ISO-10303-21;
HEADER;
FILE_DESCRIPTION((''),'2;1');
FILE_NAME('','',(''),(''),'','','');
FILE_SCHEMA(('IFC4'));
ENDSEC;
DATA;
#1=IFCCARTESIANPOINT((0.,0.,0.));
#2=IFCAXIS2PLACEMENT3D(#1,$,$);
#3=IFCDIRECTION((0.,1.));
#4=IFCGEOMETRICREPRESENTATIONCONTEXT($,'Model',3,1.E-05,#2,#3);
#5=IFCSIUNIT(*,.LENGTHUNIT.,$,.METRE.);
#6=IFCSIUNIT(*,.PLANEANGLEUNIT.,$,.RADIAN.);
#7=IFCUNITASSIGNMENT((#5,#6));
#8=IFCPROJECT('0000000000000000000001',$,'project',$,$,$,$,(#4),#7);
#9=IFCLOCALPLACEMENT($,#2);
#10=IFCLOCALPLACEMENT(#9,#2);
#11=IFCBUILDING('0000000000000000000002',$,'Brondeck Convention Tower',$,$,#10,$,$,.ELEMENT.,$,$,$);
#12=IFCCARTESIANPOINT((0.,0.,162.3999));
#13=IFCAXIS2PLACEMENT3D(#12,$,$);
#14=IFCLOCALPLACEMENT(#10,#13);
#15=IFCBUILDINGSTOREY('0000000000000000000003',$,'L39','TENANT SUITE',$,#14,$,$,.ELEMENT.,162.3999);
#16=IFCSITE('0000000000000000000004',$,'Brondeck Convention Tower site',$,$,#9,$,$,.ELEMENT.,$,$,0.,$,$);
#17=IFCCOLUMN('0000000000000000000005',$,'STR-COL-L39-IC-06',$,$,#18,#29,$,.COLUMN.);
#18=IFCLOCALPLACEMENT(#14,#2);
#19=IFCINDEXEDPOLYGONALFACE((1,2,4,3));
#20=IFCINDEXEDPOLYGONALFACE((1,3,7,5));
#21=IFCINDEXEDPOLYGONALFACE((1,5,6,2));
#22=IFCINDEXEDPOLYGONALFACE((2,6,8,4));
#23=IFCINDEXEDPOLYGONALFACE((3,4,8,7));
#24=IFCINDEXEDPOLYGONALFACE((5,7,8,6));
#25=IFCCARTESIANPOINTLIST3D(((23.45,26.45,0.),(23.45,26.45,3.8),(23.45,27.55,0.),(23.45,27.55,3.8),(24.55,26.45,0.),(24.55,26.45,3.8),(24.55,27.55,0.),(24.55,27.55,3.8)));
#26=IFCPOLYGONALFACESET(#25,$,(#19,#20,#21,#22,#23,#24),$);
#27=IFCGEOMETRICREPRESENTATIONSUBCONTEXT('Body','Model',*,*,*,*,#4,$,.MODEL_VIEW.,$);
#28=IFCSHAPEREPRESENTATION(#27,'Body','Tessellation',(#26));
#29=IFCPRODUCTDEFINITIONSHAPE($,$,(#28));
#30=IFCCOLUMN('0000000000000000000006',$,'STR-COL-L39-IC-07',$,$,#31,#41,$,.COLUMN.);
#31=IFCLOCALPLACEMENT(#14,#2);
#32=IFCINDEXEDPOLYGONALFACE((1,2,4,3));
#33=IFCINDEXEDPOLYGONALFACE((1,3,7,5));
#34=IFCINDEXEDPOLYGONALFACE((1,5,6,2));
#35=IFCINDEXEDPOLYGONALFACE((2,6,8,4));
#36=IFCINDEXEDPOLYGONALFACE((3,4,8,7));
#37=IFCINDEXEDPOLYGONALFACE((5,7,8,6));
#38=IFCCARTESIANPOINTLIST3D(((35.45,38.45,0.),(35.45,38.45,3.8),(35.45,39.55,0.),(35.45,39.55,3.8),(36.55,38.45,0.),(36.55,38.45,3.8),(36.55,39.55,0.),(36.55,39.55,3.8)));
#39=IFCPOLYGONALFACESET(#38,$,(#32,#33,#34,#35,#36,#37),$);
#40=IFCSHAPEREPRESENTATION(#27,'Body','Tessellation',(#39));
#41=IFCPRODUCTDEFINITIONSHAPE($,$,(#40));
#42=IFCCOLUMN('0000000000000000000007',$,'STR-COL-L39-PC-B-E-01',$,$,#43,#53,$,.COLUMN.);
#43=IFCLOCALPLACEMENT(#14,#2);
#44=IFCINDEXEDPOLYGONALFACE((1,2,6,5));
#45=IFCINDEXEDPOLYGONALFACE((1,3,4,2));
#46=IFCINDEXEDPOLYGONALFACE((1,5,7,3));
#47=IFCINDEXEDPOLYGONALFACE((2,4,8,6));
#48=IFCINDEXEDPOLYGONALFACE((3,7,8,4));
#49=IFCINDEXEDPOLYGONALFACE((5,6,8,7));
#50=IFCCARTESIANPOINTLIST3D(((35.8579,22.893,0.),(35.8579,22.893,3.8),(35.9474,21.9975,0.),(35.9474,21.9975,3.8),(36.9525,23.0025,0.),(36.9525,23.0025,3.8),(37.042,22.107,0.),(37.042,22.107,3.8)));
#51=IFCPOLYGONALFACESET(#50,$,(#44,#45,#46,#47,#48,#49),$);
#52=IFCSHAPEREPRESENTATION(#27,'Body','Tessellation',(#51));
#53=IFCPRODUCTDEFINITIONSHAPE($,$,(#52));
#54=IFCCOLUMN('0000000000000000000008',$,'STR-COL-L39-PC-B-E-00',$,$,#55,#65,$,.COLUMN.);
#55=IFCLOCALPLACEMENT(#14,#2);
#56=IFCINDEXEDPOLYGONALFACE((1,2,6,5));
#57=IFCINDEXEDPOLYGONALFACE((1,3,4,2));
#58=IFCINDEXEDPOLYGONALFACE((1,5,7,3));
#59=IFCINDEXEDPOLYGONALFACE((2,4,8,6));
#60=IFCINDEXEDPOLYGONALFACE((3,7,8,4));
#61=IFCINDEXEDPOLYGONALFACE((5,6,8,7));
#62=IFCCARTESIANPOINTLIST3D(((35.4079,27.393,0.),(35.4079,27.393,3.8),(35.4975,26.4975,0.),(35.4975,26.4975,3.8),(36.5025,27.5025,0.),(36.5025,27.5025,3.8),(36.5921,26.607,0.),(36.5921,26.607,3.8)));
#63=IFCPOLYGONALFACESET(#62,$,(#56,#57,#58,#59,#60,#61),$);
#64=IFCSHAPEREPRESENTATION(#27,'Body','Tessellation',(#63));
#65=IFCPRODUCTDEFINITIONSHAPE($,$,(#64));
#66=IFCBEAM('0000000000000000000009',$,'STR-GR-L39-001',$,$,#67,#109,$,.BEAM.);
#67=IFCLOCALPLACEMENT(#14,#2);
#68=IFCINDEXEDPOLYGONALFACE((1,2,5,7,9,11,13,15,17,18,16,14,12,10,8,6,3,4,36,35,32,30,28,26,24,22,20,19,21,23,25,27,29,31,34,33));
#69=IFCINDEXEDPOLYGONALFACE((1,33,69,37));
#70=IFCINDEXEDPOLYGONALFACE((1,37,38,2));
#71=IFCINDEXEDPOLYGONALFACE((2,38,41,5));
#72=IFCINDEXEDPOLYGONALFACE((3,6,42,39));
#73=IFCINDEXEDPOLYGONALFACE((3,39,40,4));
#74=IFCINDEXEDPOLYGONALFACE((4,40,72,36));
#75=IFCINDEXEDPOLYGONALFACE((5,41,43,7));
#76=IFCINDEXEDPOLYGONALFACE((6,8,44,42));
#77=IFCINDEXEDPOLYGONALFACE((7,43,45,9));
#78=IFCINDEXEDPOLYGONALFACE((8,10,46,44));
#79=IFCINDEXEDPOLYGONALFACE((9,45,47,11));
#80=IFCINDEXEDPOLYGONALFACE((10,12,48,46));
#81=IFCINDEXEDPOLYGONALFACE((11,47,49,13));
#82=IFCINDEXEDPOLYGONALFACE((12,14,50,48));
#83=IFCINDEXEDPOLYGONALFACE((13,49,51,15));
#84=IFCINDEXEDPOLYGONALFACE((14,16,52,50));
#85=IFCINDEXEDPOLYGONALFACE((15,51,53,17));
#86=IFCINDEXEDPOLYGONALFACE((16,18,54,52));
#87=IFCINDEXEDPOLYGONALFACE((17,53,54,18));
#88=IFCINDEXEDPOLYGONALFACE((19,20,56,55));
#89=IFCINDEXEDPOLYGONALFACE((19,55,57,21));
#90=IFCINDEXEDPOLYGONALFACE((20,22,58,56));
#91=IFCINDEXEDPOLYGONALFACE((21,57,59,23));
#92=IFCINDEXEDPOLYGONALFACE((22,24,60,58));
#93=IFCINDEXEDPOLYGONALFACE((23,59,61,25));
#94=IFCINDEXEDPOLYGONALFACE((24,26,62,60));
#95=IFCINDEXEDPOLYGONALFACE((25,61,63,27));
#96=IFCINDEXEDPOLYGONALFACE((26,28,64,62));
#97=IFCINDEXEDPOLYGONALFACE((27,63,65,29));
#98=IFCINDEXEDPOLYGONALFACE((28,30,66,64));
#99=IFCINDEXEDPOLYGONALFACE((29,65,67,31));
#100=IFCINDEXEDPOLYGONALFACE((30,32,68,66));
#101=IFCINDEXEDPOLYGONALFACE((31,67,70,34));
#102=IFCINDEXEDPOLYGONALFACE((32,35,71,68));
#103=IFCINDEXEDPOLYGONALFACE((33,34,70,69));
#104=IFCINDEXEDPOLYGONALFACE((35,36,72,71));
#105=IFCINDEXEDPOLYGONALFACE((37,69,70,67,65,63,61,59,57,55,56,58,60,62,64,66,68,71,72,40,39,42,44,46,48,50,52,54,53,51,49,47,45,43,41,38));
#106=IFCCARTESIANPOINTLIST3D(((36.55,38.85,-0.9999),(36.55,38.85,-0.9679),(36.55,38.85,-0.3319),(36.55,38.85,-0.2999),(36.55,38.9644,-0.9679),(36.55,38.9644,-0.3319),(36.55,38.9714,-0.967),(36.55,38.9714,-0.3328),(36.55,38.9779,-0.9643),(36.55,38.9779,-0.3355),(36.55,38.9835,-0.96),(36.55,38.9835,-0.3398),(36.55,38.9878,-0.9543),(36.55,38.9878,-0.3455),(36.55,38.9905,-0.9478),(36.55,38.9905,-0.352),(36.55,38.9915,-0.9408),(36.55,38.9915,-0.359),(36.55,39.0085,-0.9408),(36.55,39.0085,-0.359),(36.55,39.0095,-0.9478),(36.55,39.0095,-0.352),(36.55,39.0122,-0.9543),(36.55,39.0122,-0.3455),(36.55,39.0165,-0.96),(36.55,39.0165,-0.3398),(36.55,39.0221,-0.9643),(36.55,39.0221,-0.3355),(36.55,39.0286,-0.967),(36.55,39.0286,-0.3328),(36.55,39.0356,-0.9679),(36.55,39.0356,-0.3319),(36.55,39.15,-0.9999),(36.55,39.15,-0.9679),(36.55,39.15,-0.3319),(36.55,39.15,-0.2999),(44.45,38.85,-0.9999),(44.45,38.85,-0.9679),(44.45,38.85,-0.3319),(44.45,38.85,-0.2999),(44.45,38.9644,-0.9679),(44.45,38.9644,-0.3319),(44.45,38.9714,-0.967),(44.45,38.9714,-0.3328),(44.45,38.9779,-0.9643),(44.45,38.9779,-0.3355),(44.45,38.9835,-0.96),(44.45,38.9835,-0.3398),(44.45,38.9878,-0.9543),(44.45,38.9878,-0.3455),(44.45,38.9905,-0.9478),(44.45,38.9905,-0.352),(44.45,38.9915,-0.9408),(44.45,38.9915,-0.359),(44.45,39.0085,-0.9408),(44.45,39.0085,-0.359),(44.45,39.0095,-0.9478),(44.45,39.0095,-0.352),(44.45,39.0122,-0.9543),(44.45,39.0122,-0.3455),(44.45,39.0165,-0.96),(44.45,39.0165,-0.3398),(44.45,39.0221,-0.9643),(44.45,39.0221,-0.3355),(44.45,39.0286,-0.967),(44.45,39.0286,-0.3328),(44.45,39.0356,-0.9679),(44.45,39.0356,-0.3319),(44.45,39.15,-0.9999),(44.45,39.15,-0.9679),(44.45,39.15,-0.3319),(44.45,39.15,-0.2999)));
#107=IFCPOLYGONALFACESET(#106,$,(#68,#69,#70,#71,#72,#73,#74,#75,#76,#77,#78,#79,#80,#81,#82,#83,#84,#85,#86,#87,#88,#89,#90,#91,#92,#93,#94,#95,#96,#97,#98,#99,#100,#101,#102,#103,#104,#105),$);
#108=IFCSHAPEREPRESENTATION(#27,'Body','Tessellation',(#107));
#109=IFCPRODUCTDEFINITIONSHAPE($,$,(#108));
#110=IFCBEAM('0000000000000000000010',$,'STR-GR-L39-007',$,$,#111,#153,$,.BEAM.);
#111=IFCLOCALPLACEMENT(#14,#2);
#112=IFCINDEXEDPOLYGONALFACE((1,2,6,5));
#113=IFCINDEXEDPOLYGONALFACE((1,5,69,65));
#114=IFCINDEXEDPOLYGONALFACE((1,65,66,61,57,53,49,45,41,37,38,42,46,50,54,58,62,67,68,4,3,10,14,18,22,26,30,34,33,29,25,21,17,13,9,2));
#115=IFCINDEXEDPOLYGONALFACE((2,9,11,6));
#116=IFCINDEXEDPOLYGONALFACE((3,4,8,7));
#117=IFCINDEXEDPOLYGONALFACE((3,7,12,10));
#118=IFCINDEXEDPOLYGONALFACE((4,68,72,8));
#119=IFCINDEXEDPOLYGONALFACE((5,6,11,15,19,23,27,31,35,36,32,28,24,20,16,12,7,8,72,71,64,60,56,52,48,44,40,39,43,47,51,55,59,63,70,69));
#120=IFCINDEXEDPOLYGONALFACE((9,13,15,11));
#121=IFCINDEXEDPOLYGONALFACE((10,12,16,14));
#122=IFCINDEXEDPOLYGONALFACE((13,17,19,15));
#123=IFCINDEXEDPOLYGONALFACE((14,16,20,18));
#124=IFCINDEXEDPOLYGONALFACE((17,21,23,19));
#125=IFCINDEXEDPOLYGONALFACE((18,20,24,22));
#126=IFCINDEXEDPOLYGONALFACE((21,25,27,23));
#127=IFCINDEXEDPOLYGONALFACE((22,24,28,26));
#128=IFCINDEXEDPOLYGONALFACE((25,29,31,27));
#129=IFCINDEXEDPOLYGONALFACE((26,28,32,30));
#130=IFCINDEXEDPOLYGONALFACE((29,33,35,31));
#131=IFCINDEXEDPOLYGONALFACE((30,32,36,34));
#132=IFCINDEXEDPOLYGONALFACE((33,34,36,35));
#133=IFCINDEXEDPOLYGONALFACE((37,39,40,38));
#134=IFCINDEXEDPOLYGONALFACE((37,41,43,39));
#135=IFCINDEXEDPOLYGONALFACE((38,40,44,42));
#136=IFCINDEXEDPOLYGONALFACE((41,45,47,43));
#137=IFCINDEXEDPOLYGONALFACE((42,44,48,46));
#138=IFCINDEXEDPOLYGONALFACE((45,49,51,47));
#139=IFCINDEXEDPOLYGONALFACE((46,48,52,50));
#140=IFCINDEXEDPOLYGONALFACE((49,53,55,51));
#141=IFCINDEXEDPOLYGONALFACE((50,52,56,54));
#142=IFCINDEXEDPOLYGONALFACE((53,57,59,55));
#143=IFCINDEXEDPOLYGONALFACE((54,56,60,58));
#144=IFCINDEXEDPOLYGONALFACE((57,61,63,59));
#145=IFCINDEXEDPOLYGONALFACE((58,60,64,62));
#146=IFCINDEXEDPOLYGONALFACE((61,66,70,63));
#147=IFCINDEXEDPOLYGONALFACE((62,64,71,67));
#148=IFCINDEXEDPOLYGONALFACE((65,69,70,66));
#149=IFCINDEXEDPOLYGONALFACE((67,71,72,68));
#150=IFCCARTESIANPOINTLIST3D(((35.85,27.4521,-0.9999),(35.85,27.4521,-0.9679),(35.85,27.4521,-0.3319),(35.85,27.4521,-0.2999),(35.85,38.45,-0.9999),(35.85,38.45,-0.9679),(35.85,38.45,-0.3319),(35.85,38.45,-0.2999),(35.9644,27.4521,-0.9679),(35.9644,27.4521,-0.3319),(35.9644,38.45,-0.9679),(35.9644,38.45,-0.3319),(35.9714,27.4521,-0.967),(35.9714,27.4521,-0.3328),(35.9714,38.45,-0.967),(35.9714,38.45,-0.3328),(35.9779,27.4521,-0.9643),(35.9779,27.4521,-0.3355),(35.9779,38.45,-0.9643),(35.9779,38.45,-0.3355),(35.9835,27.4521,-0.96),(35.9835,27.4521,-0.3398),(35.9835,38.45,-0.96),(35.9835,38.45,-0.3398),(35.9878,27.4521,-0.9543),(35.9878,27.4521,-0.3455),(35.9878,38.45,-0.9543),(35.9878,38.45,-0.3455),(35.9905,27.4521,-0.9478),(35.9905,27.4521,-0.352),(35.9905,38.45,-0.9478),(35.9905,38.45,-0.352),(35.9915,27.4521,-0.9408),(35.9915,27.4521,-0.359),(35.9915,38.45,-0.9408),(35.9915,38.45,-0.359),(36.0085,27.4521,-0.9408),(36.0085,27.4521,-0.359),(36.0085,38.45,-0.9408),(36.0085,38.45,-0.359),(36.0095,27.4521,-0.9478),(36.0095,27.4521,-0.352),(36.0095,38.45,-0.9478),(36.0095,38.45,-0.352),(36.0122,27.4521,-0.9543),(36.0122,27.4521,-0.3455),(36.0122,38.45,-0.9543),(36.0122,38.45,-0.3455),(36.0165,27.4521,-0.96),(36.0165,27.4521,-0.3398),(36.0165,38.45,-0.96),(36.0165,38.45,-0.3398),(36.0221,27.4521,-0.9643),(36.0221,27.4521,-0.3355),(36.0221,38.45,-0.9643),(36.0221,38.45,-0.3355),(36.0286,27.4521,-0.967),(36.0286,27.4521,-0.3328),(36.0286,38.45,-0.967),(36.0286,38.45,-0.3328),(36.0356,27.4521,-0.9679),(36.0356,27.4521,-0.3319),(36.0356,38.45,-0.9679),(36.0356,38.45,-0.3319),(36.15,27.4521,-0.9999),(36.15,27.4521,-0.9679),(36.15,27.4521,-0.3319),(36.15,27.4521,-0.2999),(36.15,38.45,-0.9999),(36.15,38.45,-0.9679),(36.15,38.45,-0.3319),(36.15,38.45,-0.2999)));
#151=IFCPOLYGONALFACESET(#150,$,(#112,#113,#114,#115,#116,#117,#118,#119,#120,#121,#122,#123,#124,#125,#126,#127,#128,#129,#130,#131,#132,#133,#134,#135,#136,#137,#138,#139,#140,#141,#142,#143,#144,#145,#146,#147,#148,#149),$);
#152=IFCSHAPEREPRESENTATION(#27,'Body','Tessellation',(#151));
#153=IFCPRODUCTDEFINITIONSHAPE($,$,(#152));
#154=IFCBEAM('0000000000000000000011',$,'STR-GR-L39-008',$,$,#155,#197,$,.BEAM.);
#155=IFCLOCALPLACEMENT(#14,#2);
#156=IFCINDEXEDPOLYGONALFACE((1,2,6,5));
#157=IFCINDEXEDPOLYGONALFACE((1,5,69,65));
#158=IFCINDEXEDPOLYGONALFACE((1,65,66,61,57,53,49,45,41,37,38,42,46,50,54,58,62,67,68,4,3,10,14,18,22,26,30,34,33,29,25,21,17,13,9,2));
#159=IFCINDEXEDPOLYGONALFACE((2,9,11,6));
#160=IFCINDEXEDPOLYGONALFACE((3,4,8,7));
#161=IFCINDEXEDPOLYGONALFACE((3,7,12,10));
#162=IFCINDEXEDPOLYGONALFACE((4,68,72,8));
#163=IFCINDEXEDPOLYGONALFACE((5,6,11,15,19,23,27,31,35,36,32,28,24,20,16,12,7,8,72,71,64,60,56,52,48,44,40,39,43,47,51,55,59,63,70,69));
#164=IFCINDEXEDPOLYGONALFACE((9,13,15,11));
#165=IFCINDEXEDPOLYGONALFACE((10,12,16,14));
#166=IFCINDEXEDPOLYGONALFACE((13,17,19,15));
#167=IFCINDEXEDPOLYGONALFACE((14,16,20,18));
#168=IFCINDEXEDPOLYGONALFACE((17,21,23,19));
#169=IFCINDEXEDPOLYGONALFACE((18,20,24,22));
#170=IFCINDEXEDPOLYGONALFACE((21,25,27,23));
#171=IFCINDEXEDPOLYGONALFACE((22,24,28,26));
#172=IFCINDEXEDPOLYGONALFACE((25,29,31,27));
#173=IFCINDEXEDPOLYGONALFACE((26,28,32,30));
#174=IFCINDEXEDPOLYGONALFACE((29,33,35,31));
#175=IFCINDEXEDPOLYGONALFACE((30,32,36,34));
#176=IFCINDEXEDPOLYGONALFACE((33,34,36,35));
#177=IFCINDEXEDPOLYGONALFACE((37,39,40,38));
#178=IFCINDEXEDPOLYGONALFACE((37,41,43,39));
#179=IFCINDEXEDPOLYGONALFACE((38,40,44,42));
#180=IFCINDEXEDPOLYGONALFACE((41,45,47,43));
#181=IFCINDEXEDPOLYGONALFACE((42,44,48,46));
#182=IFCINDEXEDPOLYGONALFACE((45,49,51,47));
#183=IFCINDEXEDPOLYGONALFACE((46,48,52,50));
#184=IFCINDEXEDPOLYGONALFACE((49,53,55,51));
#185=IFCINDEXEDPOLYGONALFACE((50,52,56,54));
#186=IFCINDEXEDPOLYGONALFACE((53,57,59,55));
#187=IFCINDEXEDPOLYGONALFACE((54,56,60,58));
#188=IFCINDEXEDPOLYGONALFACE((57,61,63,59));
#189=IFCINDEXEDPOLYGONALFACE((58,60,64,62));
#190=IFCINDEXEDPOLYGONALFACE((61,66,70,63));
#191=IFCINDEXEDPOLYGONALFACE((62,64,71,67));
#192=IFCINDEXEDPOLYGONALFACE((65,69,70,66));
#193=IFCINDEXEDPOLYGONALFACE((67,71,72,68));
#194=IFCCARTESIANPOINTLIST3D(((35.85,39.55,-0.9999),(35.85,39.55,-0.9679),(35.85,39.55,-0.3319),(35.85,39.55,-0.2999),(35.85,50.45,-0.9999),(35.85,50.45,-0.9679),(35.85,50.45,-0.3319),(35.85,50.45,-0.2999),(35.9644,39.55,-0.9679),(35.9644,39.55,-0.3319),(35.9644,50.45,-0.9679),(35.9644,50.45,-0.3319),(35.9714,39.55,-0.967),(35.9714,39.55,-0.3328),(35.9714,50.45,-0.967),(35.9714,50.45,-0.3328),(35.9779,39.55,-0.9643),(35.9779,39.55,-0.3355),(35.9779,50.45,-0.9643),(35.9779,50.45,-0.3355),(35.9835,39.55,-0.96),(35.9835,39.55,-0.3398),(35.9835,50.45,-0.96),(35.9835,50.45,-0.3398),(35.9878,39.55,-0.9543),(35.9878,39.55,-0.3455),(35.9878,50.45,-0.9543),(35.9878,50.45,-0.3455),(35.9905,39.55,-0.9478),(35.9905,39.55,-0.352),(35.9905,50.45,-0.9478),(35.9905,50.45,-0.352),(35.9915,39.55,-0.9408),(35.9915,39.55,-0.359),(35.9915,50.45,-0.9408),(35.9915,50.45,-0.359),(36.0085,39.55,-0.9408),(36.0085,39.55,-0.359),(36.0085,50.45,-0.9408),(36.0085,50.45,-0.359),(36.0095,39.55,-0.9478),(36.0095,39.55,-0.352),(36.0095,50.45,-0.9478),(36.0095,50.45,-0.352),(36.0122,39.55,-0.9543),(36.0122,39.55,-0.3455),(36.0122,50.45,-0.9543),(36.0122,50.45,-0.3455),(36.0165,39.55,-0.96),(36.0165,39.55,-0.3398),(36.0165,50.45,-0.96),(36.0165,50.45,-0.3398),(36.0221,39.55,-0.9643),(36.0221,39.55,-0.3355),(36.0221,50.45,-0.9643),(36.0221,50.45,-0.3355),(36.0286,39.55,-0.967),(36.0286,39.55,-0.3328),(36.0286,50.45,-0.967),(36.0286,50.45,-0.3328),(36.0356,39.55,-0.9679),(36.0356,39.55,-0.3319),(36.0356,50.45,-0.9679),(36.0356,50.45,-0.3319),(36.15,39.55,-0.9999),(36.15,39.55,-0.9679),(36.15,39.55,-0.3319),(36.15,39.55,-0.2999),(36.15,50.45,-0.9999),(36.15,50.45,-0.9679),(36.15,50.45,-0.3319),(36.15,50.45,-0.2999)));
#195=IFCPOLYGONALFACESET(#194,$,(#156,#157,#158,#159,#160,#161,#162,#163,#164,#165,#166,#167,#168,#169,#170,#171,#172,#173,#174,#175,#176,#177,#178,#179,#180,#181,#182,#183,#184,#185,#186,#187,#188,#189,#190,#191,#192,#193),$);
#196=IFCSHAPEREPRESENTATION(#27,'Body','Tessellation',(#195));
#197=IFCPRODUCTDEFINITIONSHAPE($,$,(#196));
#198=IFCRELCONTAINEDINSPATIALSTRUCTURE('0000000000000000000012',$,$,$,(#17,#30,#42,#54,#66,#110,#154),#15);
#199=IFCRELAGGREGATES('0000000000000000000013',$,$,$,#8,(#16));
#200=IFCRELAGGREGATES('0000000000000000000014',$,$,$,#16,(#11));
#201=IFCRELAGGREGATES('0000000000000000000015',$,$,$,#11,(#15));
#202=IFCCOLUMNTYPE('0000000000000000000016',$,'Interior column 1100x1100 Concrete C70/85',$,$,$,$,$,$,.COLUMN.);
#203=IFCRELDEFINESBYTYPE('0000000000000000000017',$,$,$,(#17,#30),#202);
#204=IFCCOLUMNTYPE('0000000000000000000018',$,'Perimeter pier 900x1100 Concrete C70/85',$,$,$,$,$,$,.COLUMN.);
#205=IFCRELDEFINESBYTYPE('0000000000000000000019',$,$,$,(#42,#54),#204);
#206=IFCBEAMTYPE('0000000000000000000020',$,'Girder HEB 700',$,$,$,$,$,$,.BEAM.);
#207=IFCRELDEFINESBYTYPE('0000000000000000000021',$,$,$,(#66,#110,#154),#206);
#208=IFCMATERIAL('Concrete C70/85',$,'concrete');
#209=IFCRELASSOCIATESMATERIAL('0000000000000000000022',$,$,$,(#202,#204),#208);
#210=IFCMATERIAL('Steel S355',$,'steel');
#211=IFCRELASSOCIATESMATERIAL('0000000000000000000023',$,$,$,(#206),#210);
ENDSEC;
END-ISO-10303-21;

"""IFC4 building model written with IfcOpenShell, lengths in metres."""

from ifc_helpers import new_model, si_unit, direction, frame, origin, origin_2d, place, context, subcontext, project, spatial, rectangle, i_section, extrude, material, material_profile, profile_set, type_object, element, save


model = new_model("IFC4")

# Units and contexts
model_context = context("Model", 3, precision=1e-05, world=origin(), true_north=direction((0.0, 1.0)))
body_context = subcontext(model_context, "Body", "Model", "MODEL_VIEW")
ifc_project = project(units=[si_unit("LENGTHUNIT", "METRE"), si_unit("PLANEANGLEUNIT", "RADIAN")], contexts=[model_context])

# Site, building, storey
site_placement = place(None, origin())
site = spatial("IfcSite", under=ifc_project, at=site_placement, Name="Brondeck Convention Tower site", CompositionType="ELEMENT", RefElevation=0.0)
building_placement = place(site_placement, origin())
building = spatial("IfcBuilding", under=site, at=building_placement, Name="Brondeck Convention Tower", CompositionType="ELEMENT")
storey_placement = place(building_placement, frame((0.0, 0.0, 162.3999)))
storey = spatial("IfcBuildingStorey", under=building, at=storey_placement, Name="L39", Description="TENANT SUITE", CompositionType="ELEMENT", Elevation=162.3999)

# Columns
ifc_material_1 = material(Name="Concrete C70/85", Category="concrete")
ifc_material_profile_1 = material_profile(ifc_material_1, rectangle(XDim=1.1001, YDim=1.1001, at=origin_2d()), Name="Interior column 1100x1100 Concrete C70/85")
ifc_profile_set_1 = profile_set([ifc_material_profile_1], Name="Concrete C70/85")
column_type_1 = type_object("IfcColumnType", Name="Interior column 1100x1100 Concrete C70/85", PredefinedType="COLUMN", material=ifc_profile_set_1)
for number, where, z_axis, x_axis, name in (
    (1, (24.0, 27.0, 0.0), (0.0, 0.0, 1.0), (1.0, 0.0, 0.0), "STR-COL-L39-IC-06"),
    (2, (36.0, 39.0, 0.0), (0.0, 0.0, 1.0), (1.0, 0.0, 0.0), "STR-COL-L39-IC-07"),
):
    element("IfcColumn", number, at=place(storey_placement, frame(where, z_axis=z_axis, x_axis=x_axis)), inside=storey, type_object=column_type_1, Name=name, PredefinedType="COLUMN", context=body_context, shape_type="SweptSolid", body=[
        extrude(rectangle(XDim=1.1001, YDim=1.1001, at=origin_2d()), origin(), (0.0, 0.0, 1.0), 3.8),
    ])
ifc_material_profile_2 = material_profile(ifc_material_1, rectangle(XDim=0.8999, YDim=1.1001, at=origin_2d()), Name="Perimeter pier 900x1100 Concrete C70/85")
ifc_profile_set_2 = profile_set([ifc_material_profile_2], Name="Concrete C70/85")
column_type_2 = type_object("IfcColumnType", Name="Perimeter pier 900x1100 Concrete C70/85", PredefinedType="COLUMN", material=ifc_profile_set_2)
for number, where, z_axis, x_axis, name in (
    (3, (36.45, 22.5, 0.0), (0.0, 0.0, 1.0), (-0.099504, 0.995037, 0.0), "STR-COL-L39-PC-B-E-01"),
    (4, (36.0, 27.0, 0.0), (0.0, 0.0, 1.0), (-0.099504, 0.995037, 0.0), "STR-COL-L39-PC-B-E-00"),
):
    element("IfcColumn", number, at=place(storey_placement, frame(where, z_axis=z_axis, x_axis=x_axis)), inside=storey, type_object=column_type_2, Name=name, PredefinedType="COLUMN", context=body_context, shape_type="SweptSolid", body=[
        extrude(rectangle(XDim=0.8999, YDim=1.1001, at=origin_2d()), origin(), (0.0, 0.0, 1.0), 3.8),
    ])

# Beams
ifc_material_2 = material(Name="Steel S355", Category="steel")
ifc_material_profile_3 = material_profile(ifc_material_2, i_section(OverallWidth=0.3, OverallDepth=0.7, WebThickness=0.0171, FlangeThickness=0.032, FilletRadius=0.0271, at=origin_2d()), Name="HEB 700")
ifc_profile_set_3 = profile_set([ifc_material_profile_3], Name="Steel S355")
beam_type_1 = type_object("IfcBeamType", Name="Girder HEB 700", PredefinedType="BEAM", material=ifc_profile_set_3)
beam_1_placement = place(storey_placement, frame((36.55, 39.0, -0.6499), z_axis=(1.0, 0.0, 0.0), x_axis=(0.0, 1.0, 0.0)))
element("IfcBeam", 5, at=beam_1_placement, inside=storey, type_object=beam_type_1, Name="STR-GR-L39-001", PredefinedType="BEAM", context=body_context, shape_type="SweptSolid", body=[
    extrude(i_section(OverallWidth=0.3, OverallDepth=0.7, WebThickness=0.0171, FlangeThickness=0.032, FilletRadius=0.0271, at=origin_2d()), origin(), (0.0, 0.0, 1.0), 7.8999),
])
beam_2_placement = place(storey_placement, frame((36.0, 27.4521, -0.6499), z_axis=(0.0, 1.0, 0.0), x_axis=(-1.0, 0.0, 0.0)))
element("IfcBeam", 6, at=beam_2_placement, inside=storey, type_object=beam_type_1, Name="STR-GR-L39-007", PredefinedType="BEAM", context=body_context, shape_type="SweptSolid", body=[
    extrude(i_section(OverallWidth=0.3, OverallDepth=0.7, WebThickness=0.0171, FlangeThickness=0.032, FilletRadius=0.0271, at=origin_2d()), origin(), (0.0, 0.0, 1.0), 10.9978),
])
beam_3_placement = place(storey_placement, frame((36.0, 39.55, -0.6499), z_axis=(0.0, 1.0, 0.0), x_axis=(-1.0, 0.0, 0.0)))
element("IfcBeam", 7, at=beam_3_placement, inside=storey, type_object=beam_type_1, Name="STR-GR-L39-008", PredefinedType="BEAM", context=body_context, shape_type="SweptSolid", body=[
    extrude(i_section(OverallWidth=0.3, OverallDepth=0.7, WebThickness=0.0171, FlangeThickness=0.032, FilletRadius=0.0271, at=origin_2d()), origin(), (0.0, 0.0, 1.0), 10.8999),
])

save(model, "model.ifc")
